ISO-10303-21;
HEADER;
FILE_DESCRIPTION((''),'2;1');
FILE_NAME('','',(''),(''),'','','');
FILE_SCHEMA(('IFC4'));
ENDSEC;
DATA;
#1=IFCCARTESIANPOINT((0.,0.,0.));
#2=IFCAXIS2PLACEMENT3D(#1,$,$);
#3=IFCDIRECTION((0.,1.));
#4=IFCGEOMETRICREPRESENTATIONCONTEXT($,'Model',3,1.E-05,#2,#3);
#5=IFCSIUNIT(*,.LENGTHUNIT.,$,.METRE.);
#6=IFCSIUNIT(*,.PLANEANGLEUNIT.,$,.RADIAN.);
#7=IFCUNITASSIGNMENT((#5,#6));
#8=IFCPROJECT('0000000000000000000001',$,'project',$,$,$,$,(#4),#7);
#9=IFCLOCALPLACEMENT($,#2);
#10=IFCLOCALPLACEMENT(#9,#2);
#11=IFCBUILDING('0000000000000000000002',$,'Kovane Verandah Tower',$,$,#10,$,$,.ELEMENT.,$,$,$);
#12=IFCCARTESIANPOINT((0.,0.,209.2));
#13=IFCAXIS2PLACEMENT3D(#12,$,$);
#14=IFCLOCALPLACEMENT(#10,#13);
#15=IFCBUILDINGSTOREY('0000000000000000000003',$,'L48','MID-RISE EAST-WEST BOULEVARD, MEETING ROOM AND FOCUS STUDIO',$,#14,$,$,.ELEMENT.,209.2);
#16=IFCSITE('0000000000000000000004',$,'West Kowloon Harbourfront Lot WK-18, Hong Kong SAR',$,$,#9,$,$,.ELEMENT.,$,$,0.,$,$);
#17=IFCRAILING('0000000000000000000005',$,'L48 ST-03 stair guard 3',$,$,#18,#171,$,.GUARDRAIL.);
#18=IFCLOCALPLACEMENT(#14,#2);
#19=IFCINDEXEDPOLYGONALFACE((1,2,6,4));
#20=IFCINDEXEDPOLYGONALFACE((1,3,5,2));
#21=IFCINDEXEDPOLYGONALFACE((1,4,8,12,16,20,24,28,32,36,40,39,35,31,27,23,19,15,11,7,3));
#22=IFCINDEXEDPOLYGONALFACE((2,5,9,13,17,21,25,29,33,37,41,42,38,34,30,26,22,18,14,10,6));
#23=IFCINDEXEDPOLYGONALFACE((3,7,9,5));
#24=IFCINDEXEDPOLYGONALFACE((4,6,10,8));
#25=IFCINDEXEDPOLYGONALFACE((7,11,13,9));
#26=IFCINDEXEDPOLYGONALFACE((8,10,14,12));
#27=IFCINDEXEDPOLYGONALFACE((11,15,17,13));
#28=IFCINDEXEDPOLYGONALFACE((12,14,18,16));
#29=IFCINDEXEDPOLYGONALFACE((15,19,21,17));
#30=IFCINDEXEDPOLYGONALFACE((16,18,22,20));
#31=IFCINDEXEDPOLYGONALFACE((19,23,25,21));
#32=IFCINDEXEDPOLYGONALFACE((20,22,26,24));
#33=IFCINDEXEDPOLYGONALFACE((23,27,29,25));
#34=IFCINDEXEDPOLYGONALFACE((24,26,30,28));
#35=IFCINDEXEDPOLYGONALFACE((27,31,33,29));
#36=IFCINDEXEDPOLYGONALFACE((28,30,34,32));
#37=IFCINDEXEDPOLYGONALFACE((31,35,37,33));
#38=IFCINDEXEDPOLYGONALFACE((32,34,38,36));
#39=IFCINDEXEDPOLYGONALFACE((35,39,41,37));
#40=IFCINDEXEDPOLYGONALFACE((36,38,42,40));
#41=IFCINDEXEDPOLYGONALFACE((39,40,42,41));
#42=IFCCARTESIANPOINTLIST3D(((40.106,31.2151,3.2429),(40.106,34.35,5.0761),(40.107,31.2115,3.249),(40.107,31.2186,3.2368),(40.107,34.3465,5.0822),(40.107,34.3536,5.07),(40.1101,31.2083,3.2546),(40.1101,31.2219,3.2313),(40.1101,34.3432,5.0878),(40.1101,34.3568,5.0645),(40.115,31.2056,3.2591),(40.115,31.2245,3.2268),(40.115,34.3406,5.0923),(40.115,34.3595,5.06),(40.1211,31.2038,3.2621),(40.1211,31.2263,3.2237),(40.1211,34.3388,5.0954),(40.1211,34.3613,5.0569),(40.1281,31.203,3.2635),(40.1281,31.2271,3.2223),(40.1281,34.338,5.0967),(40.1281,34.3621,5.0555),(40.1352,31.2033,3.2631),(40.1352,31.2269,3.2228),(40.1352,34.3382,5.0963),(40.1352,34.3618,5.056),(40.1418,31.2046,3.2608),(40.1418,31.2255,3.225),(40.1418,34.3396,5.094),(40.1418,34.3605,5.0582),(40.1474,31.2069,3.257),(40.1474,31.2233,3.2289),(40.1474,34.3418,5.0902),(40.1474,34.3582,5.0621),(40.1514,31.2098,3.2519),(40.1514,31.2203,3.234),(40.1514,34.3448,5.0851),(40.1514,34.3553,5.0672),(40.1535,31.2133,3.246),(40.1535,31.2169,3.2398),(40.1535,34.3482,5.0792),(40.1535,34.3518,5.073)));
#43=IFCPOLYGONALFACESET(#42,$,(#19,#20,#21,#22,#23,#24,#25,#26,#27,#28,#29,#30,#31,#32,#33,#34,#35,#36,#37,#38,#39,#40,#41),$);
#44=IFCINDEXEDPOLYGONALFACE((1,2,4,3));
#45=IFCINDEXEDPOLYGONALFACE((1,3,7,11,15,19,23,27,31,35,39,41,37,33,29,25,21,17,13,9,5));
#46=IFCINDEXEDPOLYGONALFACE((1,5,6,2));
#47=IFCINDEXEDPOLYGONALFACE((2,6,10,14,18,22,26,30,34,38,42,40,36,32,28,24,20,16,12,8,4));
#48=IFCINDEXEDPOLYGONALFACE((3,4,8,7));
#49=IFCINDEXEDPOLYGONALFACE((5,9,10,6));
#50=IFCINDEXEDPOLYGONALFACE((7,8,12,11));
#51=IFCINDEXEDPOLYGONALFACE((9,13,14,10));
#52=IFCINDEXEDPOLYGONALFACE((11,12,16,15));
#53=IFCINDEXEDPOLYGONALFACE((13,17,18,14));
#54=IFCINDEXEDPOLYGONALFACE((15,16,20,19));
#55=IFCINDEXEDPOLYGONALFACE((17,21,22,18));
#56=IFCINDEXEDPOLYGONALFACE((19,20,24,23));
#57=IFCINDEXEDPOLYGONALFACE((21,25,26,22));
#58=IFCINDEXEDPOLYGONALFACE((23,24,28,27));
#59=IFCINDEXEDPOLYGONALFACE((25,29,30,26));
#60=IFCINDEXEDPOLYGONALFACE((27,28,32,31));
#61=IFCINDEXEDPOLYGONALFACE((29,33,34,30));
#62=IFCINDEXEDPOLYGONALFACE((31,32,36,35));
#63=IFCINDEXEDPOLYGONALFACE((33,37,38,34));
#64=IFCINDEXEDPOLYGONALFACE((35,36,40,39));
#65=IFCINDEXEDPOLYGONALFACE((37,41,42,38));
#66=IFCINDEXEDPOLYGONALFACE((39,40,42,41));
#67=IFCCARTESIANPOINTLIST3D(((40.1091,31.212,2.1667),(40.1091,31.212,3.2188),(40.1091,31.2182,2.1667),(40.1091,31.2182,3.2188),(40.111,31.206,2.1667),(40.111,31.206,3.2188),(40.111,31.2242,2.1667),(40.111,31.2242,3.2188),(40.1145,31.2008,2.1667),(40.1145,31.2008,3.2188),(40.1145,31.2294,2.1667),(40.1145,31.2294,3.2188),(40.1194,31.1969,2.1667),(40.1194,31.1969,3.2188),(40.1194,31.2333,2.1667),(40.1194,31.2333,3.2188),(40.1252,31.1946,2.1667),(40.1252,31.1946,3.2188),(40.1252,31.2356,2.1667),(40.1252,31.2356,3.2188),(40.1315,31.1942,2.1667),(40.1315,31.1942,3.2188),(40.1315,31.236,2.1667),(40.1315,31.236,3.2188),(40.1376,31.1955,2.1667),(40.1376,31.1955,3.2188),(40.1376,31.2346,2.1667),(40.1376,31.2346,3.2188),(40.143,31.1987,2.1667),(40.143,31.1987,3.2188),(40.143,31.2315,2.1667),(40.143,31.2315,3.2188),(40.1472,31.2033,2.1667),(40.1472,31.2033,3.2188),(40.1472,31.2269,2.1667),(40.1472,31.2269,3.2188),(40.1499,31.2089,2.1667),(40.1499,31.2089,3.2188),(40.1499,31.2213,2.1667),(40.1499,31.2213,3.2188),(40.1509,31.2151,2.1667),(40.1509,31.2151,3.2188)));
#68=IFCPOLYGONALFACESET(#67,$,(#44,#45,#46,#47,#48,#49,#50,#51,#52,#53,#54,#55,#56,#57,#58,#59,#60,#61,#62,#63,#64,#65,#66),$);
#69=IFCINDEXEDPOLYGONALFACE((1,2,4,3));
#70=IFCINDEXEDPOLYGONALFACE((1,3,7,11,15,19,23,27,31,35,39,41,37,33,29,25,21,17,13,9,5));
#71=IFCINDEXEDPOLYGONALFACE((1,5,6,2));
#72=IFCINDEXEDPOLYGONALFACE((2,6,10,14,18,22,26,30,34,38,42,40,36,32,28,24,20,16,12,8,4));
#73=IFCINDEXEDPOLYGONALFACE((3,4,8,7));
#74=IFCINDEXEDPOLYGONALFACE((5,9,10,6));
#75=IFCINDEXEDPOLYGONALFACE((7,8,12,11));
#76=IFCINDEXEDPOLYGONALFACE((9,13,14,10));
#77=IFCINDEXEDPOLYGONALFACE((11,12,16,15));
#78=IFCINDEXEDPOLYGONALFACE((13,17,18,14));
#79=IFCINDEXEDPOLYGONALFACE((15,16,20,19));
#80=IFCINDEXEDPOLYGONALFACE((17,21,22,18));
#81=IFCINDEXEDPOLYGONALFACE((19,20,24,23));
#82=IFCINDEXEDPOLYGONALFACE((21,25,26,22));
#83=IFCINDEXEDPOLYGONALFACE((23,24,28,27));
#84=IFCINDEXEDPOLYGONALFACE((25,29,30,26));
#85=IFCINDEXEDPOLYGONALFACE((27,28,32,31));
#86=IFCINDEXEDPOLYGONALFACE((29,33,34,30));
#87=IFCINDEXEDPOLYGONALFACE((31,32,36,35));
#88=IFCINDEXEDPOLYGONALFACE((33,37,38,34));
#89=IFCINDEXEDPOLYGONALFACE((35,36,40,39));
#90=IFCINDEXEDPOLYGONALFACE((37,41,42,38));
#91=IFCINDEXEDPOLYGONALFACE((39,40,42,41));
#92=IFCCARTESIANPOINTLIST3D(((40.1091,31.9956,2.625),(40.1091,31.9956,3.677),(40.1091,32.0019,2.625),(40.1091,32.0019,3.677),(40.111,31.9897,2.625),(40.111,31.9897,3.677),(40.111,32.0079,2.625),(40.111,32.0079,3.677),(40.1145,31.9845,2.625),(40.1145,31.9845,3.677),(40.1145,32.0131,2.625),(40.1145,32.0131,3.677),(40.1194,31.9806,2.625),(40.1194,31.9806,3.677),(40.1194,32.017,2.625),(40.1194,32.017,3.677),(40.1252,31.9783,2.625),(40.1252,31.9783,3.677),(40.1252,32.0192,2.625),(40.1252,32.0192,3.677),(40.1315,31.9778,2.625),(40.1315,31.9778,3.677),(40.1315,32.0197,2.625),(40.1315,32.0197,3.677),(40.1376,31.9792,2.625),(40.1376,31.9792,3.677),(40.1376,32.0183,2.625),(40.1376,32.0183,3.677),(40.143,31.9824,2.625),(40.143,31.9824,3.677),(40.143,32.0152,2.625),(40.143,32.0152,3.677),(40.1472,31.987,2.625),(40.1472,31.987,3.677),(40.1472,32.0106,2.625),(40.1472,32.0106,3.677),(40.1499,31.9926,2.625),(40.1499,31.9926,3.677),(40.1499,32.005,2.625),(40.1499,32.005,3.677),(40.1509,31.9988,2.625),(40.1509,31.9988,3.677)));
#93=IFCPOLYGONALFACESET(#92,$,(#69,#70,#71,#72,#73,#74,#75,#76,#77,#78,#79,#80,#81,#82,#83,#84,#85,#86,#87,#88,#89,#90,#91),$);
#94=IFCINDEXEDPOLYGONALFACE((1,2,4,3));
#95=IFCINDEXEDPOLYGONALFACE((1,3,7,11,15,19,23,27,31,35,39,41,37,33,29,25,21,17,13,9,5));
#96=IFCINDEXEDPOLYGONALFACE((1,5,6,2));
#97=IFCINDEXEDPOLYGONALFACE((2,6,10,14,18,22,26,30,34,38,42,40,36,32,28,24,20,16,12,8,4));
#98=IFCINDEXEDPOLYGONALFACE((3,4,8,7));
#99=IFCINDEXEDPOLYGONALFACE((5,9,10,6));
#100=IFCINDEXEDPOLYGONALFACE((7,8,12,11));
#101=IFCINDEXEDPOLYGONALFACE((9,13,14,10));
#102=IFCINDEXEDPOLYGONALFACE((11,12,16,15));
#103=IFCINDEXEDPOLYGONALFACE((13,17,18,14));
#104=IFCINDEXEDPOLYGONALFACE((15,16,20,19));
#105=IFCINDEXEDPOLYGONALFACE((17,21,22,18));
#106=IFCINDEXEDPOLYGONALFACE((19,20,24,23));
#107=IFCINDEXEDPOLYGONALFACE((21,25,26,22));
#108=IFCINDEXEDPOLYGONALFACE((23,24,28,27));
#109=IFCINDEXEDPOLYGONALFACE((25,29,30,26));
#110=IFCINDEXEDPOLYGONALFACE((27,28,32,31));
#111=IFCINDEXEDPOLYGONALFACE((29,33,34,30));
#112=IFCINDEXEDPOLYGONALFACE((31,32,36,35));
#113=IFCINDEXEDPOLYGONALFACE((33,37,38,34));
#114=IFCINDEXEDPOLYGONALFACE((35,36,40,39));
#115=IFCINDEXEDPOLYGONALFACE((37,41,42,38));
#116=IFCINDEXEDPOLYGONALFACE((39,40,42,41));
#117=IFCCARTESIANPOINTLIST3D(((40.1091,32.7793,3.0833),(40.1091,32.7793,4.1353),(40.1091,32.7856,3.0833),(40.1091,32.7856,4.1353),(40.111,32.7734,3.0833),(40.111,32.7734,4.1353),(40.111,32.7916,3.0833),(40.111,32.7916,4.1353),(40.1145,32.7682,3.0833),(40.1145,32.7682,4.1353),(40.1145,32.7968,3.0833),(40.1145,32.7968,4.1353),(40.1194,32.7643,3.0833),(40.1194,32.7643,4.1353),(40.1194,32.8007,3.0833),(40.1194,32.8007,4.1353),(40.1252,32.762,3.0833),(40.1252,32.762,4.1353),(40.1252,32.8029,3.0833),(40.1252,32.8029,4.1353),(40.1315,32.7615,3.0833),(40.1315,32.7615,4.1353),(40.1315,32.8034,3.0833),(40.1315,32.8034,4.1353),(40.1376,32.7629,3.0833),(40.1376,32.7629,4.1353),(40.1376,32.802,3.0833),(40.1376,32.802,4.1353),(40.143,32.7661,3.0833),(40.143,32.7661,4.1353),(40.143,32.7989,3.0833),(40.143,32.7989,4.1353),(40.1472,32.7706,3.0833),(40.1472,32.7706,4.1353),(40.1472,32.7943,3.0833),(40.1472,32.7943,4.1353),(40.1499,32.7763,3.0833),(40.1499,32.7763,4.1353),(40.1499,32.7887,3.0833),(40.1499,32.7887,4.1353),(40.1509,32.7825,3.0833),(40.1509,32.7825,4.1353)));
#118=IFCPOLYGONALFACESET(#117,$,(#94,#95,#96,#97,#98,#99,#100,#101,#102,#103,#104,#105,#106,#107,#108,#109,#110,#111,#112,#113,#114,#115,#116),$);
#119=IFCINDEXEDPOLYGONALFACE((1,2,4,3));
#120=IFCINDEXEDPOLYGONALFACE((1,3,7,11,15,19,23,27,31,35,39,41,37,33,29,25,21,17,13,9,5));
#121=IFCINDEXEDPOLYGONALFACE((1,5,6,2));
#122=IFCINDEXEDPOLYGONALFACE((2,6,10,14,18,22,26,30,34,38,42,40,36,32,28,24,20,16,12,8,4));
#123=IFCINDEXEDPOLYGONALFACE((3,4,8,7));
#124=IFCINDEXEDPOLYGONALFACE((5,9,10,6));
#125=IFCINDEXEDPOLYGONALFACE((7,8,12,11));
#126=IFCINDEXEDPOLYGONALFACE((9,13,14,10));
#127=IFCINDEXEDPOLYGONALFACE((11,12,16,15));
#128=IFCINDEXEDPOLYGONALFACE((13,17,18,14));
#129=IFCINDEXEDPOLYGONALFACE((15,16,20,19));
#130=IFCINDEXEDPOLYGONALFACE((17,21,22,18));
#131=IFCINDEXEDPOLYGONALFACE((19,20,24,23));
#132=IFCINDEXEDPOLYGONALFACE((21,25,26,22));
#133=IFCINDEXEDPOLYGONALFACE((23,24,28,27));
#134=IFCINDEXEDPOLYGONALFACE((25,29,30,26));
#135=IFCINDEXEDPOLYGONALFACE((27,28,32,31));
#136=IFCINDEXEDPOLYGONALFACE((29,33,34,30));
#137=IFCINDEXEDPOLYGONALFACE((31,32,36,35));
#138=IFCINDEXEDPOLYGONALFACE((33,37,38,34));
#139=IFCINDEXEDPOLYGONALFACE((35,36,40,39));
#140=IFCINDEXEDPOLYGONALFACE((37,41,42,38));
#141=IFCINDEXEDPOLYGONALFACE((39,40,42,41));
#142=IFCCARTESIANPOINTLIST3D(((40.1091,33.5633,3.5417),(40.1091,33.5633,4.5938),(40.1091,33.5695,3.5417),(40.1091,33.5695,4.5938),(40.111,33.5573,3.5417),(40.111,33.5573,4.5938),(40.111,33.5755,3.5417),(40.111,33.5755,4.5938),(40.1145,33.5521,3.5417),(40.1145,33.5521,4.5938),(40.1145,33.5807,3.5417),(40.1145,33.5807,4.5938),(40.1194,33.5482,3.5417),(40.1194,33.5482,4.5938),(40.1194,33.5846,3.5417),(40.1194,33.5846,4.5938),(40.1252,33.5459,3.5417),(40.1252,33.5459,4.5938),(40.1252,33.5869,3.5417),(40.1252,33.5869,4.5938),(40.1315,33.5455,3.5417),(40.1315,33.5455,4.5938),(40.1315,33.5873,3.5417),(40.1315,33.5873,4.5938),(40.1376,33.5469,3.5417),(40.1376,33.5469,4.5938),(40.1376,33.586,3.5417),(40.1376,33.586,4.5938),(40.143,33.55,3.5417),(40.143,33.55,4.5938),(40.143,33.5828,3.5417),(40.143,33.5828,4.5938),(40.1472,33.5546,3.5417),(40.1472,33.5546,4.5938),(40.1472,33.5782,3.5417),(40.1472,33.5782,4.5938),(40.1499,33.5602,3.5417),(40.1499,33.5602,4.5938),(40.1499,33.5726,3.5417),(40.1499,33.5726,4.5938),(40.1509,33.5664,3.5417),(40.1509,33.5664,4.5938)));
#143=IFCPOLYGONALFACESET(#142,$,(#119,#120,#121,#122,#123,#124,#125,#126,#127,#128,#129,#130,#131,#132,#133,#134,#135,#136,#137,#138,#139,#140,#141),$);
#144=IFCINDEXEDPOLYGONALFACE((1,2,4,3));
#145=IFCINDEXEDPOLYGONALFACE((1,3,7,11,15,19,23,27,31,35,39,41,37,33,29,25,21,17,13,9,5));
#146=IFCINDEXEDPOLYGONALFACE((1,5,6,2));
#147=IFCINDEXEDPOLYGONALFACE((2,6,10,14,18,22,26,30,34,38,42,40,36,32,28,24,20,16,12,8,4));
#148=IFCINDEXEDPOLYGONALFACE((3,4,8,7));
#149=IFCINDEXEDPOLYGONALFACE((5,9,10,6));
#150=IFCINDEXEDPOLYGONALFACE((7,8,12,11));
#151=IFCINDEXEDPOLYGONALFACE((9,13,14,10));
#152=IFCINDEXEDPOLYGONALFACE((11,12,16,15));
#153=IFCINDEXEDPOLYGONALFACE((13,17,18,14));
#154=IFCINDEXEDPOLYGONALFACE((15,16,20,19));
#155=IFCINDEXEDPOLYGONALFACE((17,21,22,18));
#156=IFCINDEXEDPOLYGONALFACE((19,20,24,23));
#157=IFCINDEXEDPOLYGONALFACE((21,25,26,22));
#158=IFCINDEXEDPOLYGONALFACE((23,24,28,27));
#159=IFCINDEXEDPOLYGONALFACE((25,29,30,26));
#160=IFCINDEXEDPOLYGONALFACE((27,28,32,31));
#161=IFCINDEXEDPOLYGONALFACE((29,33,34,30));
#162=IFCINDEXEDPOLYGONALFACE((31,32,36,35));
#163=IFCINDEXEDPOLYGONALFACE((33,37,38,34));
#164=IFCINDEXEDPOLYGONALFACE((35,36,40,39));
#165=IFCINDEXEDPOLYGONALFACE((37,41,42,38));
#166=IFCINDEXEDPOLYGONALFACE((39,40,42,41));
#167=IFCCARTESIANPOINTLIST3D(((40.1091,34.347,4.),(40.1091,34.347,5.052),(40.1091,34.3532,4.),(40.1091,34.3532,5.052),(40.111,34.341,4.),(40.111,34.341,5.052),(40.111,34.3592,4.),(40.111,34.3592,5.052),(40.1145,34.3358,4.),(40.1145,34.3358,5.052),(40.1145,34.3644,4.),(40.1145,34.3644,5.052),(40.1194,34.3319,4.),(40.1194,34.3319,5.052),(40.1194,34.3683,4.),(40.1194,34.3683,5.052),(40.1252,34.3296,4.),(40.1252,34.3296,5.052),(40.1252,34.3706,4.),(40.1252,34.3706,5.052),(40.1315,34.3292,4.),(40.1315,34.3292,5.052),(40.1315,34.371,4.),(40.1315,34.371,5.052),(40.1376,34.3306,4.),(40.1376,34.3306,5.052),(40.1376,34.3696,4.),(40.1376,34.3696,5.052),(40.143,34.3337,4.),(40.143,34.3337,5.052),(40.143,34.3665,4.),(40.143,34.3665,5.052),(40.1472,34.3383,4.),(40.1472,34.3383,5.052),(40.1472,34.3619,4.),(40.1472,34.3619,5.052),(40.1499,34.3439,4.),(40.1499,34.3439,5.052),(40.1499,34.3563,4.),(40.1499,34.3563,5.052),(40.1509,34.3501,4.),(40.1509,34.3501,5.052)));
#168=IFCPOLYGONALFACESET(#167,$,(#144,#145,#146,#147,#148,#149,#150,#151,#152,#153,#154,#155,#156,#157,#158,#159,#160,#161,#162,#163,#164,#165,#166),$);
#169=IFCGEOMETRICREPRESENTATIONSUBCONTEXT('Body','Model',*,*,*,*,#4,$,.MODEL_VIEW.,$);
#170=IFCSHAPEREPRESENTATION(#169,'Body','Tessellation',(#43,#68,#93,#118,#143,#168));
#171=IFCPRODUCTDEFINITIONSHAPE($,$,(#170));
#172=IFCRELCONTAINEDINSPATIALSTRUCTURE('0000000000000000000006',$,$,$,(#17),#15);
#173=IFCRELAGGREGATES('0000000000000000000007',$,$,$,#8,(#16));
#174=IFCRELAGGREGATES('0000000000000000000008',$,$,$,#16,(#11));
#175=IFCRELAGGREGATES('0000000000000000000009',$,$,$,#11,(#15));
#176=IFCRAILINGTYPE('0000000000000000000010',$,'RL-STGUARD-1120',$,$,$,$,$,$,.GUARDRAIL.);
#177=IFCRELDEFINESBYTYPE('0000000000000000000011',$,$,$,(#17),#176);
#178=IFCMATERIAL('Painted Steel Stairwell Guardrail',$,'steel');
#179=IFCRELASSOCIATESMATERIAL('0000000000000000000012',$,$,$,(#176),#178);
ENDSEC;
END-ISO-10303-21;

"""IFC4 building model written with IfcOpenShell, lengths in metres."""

from ifc_helpers import new_model, si_unit, direction, frame, origin, origin_2d, place, context, subcontext, project, spatial, circle, extrude, material, type_object, element, save


model = new_model("IFC4")

# Units and contexts
model_context = context("Model", 3, precision=1e-05, world=origin(), true_north=direction((0.0, 1.0)))
body_context = subcontext(model_context, "Body", "Model", "MODEL_VIEW")
ifc_project = project(units=[si_unit("LENGTHUNIT", "METRE"), si_unit("PLANEANGLEUNIT", "RADIAN")], contexts=[model_context])

# Site, building, storey
site_placement = place(None, origin())
site = spatial("IfcSite", under=ifc_project, at=site_placement, Name="West Kowloon Harbourfront Lot WK-18, Hong Kong SAR", CompositionType="ELEMENT", RefElevation=0.0)
building_placement = place(site_placement, origin())
building = spatial("IfcBuilding", under=site, at=building_placement, Name="Kovane Verandah Tower", CompositionType="ELEMENT")
storey_placement = place(building_placement, frame((0.0, 0.0, 209.2)))
storey = spatial("IfcBuildingStorey", under=building, at=storey_placement, Name="L48", Description="MID-RISE EAST-WEST BOULEVARD, MEETING ROOM AND FOCUS STUDIO", CompositionType="ELEMENT", Elevation=209.2)

# Railing
ifc_material_1 = material(Name="Painted Steel Stairwell Guardrail", Category="steel")
railing_type = type_object("IfcRailingType", Name="RL-STGUARD-1120", PredefinedType="GUARDRAIL", material=ifc_material_1)
railing_1_placement = place(storey_placement, frame((40.1299, 31.2151, 2.1667)))
element("IfcRailing", 1, at=railing_1_placement, inside=storey, type_object=railing_type, Name="L48 ST-03 stair guard 3", PredefinedType="GUARDRAIL", context=body_context, shape_type="SweptSolid", body=[
    extrude(circle(Radius=0.0239, at=origin_2d()), frame((0.0, 0.0, 1.0762), z_axis=(0.0, 0.86324, 0.504794), x_axis=(-1.0, 0.0, 0.0)), (0.0, 0.0, 1.0), 3.6316),
    extrude(circle(Radius=0.021, at=origin_2d()), origin(), (0.0, 0.0, 1.0), 1.052),
    extrude(circle(Radius=0.021, at=origin_2d()), frame((0.0, 0.7837, 0.4583)), (0.0, 0.0, 1.0), 1.052),
    extrude(circle(Radius=0.021, at=origin_2d()), frame((0.0, 1.5674, 0.9165)), (0.0, 0.0, 1.0), 1.052),
    extrude(circle(Radius=0.021, at=origin_2d()), frame((0.0, 2.3513, 1.375)), (0.0, 0.0, 1.0), 1.052),
    extrude(circle(Radius=0.021, at=origin_2d()), frame((0.0, 3.135, 1.8333)), (0.0, 0.0, 1.0), 1.052),
])

save(model, "model.ifc")
